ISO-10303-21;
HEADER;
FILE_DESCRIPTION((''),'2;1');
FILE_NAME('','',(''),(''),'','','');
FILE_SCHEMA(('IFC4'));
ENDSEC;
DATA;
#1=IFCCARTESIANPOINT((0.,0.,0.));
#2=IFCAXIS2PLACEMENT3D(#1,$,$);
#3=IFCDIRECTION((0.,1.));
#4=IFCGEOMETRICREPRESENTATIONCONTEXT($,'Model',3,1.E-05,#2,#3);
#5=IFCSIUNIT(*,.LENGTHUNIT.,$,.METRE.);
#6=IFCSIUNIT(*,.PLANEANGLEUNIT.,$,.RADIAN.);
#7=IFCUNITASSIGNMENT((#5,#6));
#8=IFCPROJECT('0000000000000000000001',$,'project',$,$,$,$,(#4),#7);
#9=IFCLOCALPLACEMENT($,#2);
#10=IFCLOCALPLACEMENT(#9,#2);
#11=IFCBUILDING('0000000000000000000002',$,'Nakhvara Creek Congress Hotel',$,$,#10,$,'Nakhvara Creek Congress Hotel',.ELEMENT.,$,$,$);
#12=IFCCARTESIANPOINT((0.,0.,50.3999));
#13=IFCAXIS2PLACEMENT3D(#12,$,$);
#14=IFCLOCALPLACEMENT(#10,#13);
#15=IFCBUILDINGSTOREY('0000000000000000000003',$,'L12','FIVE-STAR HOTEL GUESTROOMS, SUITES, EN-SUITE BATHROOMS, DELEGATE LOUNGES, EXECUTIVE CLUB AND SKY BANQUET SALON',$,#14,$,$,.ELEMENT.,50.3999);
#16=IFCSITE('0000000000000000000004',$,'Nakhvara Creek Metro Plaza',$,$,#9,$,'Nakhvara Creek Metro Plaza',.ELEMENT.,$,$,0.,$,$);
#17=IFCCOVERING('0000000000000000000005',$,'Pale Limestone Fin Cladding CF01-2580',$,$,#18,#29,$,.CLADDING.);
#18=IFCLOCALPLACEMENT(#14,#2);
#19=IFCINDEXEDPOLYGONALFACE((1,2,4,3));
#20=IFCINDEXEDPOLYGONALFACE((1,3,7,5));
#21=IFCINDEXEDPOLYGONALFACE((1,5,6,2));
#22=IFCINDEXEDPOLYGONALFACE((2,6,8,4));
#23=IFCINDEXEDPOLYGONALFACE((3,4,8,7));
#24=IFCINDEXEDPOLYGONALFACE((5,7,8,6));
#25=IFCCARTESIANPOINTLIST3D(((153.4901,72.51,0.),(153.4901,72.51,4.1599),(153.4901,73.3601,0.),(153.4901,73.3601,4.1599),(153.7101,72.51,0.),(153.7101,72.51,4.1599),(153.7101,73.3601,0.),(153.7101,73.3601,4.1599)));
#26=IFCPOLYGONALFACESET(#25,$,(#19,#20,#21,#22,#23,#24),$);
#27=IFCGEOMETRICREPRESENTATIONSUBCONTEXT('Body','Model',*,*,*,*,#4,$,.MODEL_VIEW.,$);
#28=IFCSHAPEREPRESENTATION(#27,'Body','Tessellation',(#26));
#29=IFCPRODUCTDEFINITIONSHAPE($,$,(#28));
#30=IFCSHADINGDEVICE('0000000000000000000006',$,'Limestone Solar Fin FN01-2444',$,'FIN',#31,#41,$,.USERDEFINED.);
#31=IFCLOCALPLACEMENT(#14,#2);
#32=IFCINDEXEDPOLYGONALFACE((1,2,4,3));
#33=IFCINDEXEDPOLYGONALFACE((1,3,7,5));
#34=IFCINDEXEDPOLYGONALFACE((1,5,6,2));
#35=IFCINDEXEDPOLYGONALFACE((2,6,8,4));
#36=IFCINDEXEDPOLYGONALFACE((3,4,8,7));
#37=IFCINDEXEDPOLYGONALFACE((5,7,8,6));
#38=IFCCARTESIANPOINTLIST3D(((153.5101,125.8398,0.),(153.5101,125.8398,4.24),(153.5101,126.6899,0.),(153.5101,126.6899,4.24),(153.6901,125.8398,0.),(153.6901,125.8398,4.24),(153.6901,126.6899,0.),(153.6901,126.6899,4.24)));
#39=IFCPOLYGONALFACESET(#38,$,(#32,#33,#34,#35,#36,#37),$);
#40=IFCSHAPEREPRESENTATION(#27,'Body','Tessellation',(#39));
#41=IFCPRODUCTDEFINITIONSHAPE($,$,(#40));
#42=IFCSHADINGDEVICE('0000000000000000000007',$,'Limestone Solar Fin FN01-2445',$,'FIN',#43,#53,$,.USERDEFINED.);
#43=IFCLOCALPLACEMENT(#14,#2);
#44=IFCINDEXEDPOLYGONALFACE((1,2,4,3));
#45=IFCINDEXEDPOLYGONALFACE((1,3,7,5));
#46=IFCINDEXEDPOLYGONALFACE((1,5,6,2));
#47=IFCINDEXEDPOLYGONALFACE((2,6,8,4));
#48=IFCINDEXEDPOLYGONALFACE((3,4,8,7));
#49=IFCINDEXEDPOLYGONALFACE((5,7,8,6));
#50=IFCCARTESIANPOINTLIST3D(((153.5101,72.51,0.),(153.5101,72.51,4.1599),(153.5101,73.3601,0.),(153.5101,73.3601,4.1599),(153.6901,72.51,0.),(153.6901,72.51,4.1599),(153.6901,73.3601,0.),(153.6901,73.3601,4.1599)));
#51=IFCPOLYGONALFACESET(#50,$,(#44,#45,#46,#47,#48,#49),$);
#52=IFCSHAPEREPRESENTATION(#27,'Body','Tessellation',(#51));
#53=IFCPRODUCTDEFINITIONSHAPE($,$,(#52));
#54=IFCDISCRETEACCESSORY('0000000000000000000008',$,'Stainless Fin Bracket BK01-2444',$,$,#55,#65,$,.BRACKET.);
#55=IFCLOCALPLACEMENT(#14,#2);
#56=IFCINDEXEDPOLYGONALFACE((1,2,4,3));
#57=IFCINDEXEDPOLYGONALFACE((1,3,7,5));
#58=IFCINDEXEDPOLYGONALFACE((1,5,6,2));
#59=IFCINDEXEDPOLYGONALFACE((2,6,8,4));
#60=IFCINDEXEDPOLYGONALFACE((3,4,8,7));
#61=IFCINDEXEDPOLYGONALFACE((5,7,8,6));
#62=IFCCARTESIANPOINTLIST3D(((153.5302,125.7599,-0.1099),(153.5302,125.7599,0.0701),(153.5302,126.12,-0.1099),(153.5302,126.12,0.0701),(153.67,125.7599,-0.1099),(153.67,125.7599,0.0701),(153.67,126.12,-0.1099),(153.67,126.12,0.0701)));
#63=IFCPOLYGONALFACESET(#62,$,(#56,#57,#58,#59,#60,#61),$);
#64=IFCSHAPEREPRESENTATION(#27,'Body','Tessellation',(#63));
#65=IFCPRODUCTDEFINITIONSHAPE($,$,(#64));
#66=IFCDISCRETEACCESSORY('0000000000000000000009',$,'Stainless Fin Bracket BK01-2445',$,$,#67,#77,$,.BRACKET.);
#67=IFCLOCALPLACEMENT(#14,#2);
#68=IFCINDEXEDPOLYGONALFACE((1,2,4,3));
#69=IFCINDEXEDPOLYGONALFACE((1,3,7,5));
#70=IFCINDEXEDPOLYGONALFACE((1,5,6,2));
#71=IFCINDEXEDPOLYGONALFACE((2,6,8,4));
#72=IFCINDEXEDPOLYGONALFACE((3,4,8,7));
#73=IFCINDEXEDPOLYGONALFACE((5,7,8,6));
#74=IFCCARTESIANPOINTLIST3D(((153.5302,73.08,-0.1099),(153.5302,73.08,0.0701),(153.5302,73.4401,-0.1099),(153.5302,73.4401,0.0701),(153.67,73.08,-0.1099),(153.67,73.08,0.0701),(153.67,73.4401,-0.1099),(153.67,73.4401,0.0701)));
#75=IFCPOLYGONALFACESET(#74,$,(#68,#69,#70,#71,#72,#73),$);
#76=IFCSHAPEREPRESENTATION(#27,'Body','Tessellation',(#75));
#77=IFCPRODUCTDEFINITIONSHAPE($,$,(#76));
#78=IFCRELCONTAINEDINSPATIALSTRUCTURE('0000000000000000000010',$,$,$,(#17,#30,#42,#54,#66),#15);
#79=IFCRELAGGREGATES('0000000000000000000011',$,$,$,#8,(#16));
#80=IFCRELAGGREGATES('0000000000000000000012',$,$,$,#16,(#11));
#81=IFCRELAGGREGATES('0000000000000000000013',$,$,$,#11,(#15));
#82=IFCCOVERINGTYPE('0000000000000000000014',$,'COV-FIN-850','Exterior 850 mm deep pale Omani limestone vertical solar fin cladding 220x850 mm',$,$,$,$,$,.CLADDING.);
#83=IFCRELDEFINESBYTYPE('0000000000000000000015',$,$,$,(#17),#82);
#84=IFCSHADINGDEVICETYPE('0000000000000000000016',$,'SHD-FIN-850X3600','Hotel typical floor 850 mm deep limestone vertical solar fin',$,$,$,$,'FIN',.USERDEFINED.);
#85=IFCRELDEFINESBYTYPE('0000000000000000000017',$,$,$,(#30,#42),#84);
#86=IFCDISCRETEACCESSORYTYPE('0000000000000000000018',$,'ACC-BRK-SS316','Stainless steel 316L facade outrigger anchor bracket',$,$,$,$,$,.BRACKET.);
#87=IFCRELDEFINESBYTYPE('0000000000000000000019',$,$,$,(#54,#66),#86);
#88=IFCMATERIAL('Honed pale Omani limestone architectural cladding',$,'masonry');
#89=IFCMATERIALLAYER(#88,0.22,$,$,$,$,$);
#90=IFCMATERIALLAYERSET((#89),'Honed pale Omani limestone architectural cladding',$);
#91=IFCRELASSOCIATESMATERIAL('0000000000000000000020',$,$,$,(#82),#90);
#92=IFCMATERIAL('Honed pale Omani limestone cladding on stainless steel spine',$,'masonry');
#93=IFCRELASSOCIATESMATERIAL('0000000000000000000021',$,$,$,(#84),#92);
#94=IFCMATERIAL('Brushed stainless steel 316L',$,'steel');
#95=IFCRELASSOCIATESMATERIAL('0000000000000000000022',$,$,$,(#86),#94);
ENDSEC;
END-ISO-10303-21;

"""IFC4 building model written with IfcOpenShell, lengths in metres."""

from ifc_helpers import new_model, si_unit, direction, frame, origin, origin_2d, place, context, subcontext, project, spatial, rectangle, extrude, material, layer, layer_set, type_object, element, save


model = new_model("IFC4")

# Units and contexts
model_context = context("Model", 3, precision=1e-05, world=origin(), true_north=direction((0.0, 1.0)))
body_context = subcontext(model_context, "Body", "Model", "MODEL_VIEW")
ifc_project = project(units=[si_unit("LENGTHUNIT", "METRE"), si_unit("PLANEANGLEUNIT", "RADIAN")], contexts=[model_context])

# Site, building, storey
site_placement = place(None, origin())
site = spatial("IfcSite", under=ifc_project, at=site_placement, Name="Nakhvara Creek Metro Plaza", LongName="Nakhvara Creek Metro Plaza", CompositionType="ELEMENT", RefElevation=0.0)
building_placement = place(site_placement, origin())
building = spatial("IfcBuilding", under=site, at=building_placement, Name="Nakhvara Creek Congress Hotel", LongName="Nakhvara Creek Congress Hotel", CompositionType="ELEMENT")
storey_placement = place(building_placement, frame((0.0, 0.0, 50.3999)))
storey = spatial("IfcBuildingStorey", under=building, at=storey_placement, Name="L12", Description="FIVE-STAR HOTEL GUESTROOMS, SUITES, EN-SUITE BATHROOMS, DELEGATE LOUNGES, EXECUTIVE CLUB AND SKY BANQUET SALON", CompositionType="ELEMENT", Elevation=50.3999)

# Covering
ifc_material_1 = material(Name="Honed pale Omani limestone architectural cladding", Category="masonry")
ifc_layer_1 = layer(ifc_material_1, 0.22)
ifc_layer_set_1 = layer_set([ifc_layer_1], Name="Honed pale Omani limestone architectural cladding")
covering_type = type_object("IfcCoveringType", Name="COV-FIN-850", Description="Exterior 850 mm deep pale Omani limestone vertical solar fin cladding 220x850 mm", PredefinedType="CLADDING", material=ifc_layer_set_1)
covering_1_placement = place(storey_placement, frame((153.6001, 72.9351, 0.0), z_axis=(0.0, 0.0, 1.0), x_axis=(1.0, 0.0, 0.0)))
element("IfcCovering", 1, at=covering_1_placement, inside=storey, type_object=covering_type, Name="Pale Limestone Fin Cladding CF01-2580", PredefinedType="CLADDING", context=body_context, shape_type="SweptSolid", body=[
    extrude(rectangle(XDim=0.22, YDim=0.8501, at=origin_2d()), origin(), (0.0, 0.0, 1.0), 4.1599),
])

# Shading devices
ifc_material_2 = material(Name="Honed pale Omani limestone cladding on stainless steel spine", Category="masonry")
shading_device_type = type_object("IfcShadingDeviceType", Name="SHD-FIN-850X3600", Description="Hotel typical floor 850 mm deep limestone vertical solar fin", ElementType="FIN", PredefinedType="USERDEFINED", material=ifc_material_2)
shading_device_1_placement = place(storey_placement, frame((153.6001, 126.2649, 0.0), z_axis=(0.0, 0.0, 1.0), x_axis=(1.0, 0.0, 0.0)))
element("IfcShadingDevice", 2, at=shading_device_1_placement, inside=storey, type_object=shading_device_type, Name="Limestone Solar Fin FN01-2444", ObjectType="FIN", PredefinedType="USERDEFINED", context=body_context, shape_type="SweptSolid", body=[
    extrude(rectangle(XDim=0.1799, YDim=0.8501, at=origin_2d()), origin(), (0.0, 0.0, 1.0), 4.24),
])
shading_device_2_placement = place(storey_placement, frame((153.6001, 72.9351, 0.0), z_axis=(0.0, 0.0, 1.0), x_axis=(1.0, 0.0, 0.0)))
element("IfcShadingDevice", 3, at=shading_device_2_placement, inside=storey, type_object=shading_device_type, Name="Limestone Solar Fin FN01-2445", ObjectType="FIN", PredefinedType="USERDEFINED", context=body_context, shape_type="SweptSolid", body=[
    extrude(rectangle(XDim=0.1799, YDim=0.8501, at=origin_2d()), origin(), (0.0, 0.0, 1.0), 4.1599),
])

# Discrete accessories
ifc_material_3 = material(Name="Brushed stainless steel 316L", Category="steel")
discrete_accessory_type = type_object("IfcDiscreteAccessoryType", Name="ACC-BRK-SS316", Description="Stainless steel 316L facade outrigger anchor bracket", PredefinedType="BRACKET", material=ifc_material_3)
for number, where, z_axis, x_axis, name in (
    (4, (153.6001, 125.9399, -0.1099), (0.0, 0.0, 1.0), (1.0, 0.0, 0.0), "Stainless Fin Bracket BK01-2444"),
    (5, (153.6001, 73.26, -0.1099), (0.0, 0.0, 1.0), (1.0, 0.0, 0.0), "Stainless Fin Bracket BK01-2445"),
):
    element("IfcDiscreteAccessory", number, at=place(storey_placement, frame(where, z_axis=z_axis, x_axis=x_axis)), inside=storey, type_object=discrete_accessory_type, Name=name, PredefinedType="BRACKET", context=body_context, shape_type="SweptSolid", body=[
        extrude(rectangle(XDim=0.1399, YDim=0.3601, at=origin_2d()), origin(), (0.0, 0.0, 1.0), 0.1799),
    ])

save(model, "model.ifc")
